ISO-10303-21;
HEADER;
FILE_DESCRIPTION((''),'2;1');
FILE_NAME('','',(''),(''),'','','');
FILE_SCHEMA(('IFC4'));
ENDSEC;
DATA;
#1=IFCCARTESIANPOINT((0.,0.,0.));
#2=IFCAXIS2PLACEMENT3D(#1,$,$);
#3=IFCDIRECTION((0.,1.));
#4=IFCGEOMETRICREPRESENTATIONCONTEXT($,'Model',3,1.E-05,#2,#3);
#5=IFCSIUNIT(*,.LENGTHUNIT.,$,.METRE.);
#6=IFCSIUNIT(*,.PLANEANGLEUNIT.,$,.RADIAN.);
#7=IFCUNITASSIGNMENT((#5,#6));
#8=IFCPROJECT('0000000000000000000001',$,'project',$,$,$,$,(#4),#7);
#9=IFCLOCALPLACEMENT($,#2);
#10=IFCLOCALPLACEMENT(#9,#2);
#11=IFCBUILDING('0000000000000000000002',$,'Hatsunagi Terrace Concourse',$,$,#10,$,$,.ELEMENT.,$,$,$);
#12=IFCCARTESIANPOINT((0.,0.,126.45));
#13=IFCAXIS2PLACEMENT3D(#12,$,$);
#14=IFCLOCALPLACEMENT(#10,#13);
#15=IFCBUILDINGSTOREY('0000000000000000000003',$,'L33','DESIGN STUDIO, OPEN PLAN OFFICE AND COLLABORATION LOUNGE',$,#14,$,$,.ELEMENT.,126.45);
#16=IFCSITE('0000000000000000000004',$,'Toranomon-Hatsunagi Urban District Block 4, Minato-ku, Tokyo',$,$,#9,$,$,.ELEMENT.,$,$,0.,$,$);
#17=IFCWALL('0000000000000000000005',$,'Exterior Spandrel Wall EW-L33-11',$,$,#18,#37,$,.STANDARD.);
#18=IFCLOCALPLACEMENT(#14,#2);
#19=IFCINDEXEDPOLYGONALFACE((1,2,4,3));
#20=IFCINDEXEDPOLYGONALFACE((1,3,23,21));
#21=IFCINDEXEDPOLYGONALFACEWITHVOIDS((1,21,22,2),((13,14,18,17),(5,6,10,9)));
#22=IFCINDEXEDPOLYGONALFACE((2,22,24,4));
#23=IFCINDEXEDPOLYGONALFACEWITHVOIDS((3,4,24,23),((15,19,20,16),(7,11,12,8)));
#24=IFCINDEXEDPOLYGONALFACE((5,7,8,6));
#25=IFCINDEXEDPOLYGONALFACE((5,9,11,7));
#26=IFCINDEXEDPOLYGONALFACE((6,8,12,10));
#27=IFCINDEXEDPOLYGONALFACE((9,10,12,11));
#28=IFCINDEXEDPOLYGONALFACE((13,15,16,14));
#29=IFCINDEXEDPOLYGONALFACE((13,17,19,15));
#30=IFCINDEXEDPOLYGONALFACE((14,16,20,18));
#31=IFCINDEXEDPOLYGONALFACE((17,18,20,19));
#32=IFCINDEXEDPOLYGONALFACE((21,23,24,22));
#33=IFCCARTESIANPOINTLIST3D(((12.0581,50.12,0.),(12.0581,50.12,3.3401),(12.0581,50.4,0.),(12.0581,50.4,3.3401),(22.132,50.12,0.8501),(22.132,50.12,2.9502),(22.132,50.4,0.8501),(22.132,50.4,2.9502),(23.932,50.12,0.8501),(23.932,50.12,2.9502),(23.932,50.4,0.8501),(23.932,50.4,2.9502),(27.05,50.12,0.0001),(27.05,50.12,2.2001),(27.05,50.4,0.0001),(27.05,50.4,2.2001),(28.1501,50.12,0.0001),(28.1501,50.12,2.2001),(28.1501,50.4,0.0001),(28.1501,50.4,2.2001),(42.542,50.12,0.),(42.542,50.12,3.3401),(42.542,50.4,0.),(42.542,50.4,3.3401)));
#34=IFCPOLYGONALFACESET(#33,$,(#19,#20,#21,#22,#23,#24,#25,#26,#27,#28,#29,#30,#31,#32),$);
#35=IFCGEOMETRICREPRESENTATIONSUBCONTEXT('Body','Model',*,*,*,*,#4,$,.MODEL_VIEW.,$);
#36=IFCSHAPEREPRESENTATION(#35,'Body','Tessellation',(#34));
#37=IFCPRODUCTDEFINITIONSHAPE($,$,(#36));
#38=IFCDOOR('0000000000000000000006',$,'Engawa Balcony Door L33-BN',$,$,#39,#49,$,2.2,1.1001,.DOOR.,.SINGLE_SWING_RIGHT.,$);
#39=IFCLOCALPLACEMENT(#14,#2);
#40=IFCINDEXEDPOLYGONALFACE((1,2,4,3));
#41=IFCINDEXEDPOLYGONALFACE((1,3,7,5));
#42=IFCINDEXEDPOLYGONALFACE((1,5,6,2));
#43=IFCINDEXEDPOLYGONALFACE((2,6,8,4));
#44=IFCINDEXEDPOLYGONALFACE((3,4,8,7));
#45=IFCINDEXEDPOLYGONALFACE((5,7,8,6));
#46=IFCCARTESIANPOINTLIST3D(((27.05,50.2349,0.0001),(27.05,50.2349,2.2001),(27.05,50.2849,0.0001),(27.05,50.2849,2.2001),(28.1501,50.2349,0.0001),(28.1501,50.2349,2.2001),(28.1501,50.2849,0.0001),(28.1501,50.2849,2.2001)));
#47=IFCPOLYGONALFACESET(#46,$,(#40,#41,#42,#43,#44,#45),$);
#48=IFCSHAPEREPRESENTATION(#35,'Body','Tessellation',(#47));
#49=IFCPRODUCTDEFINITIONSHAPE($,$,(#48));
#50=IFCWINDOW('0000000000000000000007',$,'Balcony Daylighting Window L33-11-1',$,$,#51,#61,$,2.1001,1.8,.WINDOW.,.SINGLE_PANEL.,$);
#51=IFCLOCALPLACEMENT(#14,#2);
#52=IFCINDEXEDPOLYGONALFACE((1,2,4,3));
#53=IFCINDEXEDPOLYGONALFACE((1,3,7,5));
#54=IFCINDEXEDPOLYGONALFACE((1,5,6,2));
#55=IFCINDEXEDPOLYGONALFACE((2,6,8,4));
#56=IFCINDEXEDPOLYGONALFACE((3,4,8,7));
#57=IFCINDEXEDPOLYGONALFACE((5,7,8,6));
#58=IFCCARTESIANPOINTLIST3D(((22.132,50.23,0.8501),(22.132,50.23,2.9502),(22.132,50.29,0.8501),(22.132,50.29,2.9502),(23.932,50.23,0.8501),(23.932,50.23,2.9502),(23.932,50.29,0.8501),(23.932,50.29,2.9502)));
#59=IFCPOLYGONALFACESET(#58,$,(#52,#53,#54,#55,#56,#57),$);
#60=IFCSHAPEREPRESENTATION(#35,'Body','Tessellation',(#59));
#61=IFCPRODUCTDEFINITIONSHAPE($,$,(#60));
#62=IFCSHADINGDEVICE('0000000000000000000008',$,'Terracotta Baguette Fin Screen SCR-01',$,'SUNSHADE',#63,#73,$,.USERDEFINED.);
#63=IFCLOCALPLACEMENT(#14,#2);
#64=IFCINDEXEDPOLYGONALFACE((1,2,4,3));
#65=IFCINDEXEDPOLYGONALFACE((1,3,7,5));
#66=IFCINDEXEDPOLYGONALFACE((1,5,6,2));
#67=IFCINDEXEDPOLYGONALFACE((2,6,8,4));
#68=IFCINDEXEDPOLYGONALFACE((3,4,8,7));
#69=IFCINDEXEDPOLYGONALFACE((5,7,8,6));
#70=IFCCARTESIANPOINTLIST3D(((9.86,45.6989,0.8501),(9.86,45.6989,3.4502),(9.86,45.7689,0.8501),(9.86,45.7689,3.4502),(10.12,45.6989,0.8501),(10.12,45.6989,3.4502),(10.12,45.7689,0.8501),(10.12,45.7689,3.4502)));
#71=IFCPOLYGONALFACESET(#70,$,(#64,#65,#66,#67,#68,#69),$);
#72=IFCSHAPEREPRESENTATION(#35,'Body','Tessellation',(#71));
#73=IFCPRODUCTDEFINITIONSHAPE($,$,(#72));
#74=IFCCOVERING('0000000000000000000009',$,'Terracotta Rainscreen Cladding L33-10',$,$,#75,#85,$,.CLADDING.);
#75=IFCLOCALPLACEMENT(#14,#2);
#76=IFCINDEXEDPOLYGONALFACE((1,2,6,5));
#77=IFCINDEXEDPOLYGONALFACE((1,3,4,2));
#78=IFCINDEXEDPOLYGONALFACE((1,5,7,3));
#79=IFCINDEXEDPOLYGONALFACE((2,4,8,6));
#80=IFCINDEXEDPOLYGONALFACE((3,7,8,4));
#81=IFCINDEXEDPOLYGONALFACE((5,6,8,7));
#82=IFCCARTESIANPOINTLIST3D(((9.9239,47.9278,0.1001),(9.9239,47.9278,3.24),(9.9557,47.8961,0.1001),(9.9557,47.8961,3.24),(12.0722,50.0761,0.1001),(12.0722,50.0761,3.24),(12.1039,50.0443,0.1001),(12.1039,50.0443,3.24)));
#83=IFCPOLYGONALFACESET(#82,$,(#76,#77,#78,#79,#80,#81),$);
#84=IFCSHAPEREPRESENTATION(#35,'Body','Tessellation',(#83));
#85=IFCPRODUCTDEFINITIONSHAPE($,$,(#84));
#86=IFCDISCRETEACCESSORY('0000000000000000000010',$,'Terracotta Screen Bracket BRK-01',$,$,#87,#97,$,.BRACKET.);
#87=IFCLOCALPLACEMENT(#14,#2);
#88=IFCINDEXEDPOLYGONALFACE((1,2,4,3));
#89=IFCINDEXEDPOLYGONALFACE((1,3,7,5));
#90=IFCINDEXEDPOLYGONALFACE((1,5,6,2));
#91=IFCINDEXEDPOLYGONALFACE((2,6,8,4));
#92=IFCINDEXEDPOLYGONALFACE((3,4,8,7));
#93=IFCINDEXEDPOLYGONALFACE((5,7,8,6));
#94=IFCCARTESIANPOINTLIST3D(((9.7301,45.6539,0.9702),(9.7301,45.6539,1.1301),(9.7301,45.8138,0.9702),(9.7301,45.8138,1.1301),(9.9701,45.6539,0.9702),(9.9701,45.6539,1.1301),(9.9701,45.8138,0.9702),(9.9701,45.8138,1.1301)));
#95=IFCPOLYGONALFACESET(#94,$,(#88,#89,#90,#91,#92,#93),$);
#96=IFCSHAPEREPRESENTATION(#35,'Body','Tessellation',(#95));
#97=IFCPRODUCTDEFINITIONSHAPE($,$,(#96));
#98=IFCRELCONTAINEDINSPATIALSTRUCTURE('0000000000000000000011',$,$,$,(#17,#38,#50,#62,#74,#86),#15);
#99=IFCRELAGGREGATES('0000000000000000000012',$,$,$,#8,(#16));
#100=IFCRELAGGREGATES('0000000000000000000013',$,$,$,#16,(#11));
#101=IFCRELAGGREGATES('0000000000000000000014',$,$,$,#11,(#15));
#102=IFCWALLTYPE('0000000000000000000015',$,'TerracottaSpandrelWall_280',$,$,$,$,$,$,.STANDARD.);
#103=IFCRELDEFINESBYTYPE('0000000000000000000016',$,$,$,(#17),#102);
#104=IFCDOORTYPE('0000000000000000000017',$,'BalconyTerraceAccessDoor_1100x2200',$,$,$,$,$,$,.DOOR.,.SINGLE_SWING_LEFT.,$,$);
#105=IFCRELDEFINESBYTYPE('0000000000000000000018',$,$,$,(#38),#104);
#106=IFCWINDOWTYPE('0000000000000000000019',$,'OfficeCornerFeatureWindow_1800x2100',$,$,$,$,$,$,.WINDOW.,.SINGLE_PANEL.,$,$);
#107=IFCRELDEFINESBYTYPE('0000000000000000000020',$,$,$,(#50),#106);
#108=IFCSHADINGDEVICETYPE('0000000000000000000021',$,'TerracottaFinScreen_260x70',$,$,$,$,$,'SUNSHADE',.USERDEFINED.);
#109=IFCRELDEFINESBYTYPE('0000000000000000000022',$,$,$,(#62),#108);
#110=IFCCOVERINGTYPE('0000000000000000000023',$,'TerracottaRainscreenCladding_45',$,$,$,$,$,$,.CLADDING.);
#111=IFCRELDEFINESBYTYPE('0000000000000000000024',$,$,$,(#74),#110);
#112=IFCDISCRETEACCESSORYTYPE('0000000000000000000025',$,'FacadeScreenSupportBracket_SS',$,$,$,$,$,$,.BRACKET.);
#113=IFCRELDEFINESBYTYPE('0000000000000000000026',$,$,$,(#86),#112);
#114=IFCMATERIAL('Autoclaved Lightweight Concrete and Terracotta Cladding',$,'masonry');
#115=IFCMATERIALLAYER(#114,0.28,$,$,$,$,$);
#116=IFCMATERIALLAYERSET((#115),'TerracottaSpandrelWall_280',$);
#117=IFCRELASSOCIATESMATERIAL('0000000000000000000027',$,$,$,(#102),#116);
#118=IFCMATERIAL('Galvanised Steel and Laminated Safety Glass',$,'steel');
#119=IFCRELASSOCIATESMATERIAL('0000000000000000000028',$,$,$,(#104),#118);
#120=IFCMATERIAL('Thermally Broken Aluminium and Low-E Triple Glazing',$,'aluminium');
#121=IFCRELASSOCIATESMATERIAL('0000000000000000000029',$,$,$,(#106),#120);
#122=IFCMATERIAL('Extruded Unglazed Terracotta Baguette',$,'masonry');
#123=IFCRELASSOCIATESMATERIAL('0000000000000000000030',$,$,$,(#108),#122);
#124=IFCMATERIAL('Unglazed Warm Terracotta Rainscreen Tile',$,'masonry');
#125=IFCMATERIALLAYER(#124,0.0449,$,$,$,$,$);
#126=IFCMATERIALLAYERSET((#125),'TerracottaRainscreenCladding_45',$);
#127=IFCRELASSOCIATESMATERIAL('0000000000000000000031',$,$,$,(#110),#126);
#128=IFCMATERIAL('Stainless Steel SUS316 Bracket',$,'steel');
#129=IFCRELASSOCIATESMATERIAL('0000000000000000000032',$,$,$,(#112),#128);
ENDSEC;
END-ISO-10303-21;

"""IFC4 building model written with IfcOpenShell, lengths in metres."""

from ifc_helpers import new_model, si_unit, direction, frame, frame_2d, origin, origin_2d, place, context, subcontext, project, spatial, rectangle, extrude, material, layer, layer_set, type_object, element, fill, save


model = new_model("IFC4")

# Units and contexts
model_context = context("Model", 3, precision=1e-05, world=origin(), true_north=direction((0.0, 1.0)))
body_context = subcontext(model_context, "Body", "Model", "MODEL_VIEW")
ifc_project = project(units=[si_unit("LENGTHUNIT", "METRE"), si_unit("PLANEANGLEUNIT", "RADIAN")], contexts=[model_context])

# Site, building, storey
site_placement = place(None, origin())
site = spatial("IfcSite", under=ifc_project, at=site_placement, Name="Toranomon-Hatsunagi Urban District Block 4, Minato-ku, Tokyo", CompositionType="ELEMENT", RefElevation=0.0)
building_placement = place(site_placement, origin())
building = spatial("IfcBuilding", under=site, at=building_placement, Name="Hatsunagi Terrace Concourse", CompositionType="ELEMENT")
storey_placement = place(building_placement, frame((0.0, 0.0, 126.45)))
storey = spatial("IfcBuildingStorey", under=building, at=storey_placement, Name="L33", Description="DESIGN STUDIO, OPEN PLAN OFFICE AND COLLABORATION LOUNGE", CompositionType="ELEMENT", Elevation=126.45)

# Shared definitions
ifc_material_1 = material(Name="Autoclaved Lightweight Concrete and Terracotta Cladding", Category="masonry")
ifc_layer_1 = layer(ifc_material_1, 0.28)
ifc_layer_set_1 = layer_set([ifc_layer_1], Name="TerracottaSpandrelWall_280")
wall_type = type_object("IfcWallType", Name="TerracottaSpandrelWall_280", PredefinedType="STANDARD", material=ifc_layer_set_1)

# Wall, openings, door, window
wall_1_placement = place(storey_placement, frame((12.0581, 50.26, 0.0), z_axis=(0.0, 0.0, 1.0), x_axis=(1.0, 0.0, 0.0)))
wall_1 = element("IfcWall", 1, at=wall_1_placement, inside=storey, type_object=wall_type, Name="Exterior Spandrel Wall EW-L33-11", PredefinedType="STANDARD", context=body_context, shape_type="SweptSolid", body=[
    extrude(rectangle(XDim=30.4839, YDim=0.28, at=frame_2d((15.2419, 0.0))), origin(), (0.0, 0.0, 1.0), 3.3401),
])
opening_1_placement = place(wall_1_placement, frame((14.9919, 0.0, 0.0)))
opening_1 = element("IfcOpeningElement", 2, at=opening_1_placement, cuts=wall_1, PredefinedType="OPENING", context=body_context, shape_type="SweptSolid", body=[
    extrude(rectangle(XDim=1.1001, YDim=2.2, at=frame_2d((0.55, 1.1001))), frame((0.0, 0.1499, 0.0), z_axis=(0.0, -1.0, 0.0), x_axis=(1.0, 0.0, 0.0)), (0.0, 0.0, 1.0), 0.3),
])
opening_2_placement = place(wall_1_placement, frame((10.074, 0.0, 0.8501)))
opening_2 = element("IfcOpeningElement", 3, at=opening_2_placement, cuts=wall_1, PredefinedType="OPENING", context=body_context, shape_type="SweptSolid", body=[
    extrude(rectangle(XDim=1.8, YDim=2.1001, at=frame_2d((0.8999, 1.05))), frame((0.0, 0.1499, 0.0), z_axis=(0.0, -1.0, 0.0), x_axis=(1.0, 0.0, 0.0)), (0.0, 0.0, 1.0), 0.3),
])
ifc_material_2 = material(Name="Galvanised Steel and Laminated Safety Glass", Category="steel")
door_type = type_object("IfcDoorType", Name="BalconyTerraceAccessDoor_1100x2200", OperationType="SINGLE_SWING_LEFT", PredefinedType="DOOR", material=ifc_material_2)
door_placement = place(opening_1_placement, origin())
door = element("IfcDoor", 4, at=door_placement, inside=storey, type_object=door_type, Name="Engawa Balcony Door L33-BN", OperationType="SINGLE_SWING_RIGHT", OverallHeight=2.2, OverallWidth=1.1001, PredefinedType="DOOR", context=body_context, shape_type="SweptSolid", body=[
    extrude(rectangle(XDim=1.1001, YDim=2.2, at=frame_2d((0.55, 1.1001))), frame((0.0, 0.0249, 0.0), z_axis=(0.0, -1.0, 0.0), x_axis=(1.0, 0.0, 0.0)), (0.0, 0.0, 1.0), 0.05),
])
fill(opening_1, door)
ifc_material_3 = material(Name="Thermally Broken Aluminium and Low-E Triple Glazing", Category="aluminium")
window_type = type_object("IfcWindowType", Name="OfficeCornerFeatureWindow_1800x2100", PartitioningType="SINGLE_PANEL", PredefinedType="WINDOW", material=ifc_material_3)
window_placement = place(opening_2_placement, origin())
window = element("IfcWindow", 5, at=window_placement, inside=storey, type_object=window_type, Name="Balcony Daylighting Window L33-11-1", OverallHeight=2.1001, OverallWidth=1.8, PartitioningType="SINGLE_PANEL", PredefinedType="WINDOW", context=body_context, shape_type="SweptSolid", body=[
    extrude(rectangle(XDim=1.8, YDim=2.1001, at=frame_2d((0.8999, 1.05))), frame((0.0, 0.03, 0.0), z_axis=(0.0, -1.0, 0.0), x_axis=(1.0, 0.0, 0.0)), (0.0, 0.0, 1.0), 0.0601),
])
fill(opening_2, window)

# Shading device
ifc_material_4 = material(Name="Extruded Unglazed Terracotta Baguette", Category="masonry")
shading_device_type = type_object("IfcShadingDeviceType", Name="TerracottaFinScreen_260x70", ElementType="SUNSHADE", PredefinedType="USERDEFINED", material=ifc_material_4)
shading_device_placement = place(storey_placement, frame((9.99, 45.7339, 0.8501), z_axis=(0.0, 0.0, 1.0), x_axis=(0.0, 1.0, 0.0)))
element("IfcShadingDevice", 6, at=shading_device_placement, inside=storey, type_object=shading_device_type, Name="Terracotta Baguette Fin Screen SCR-01", ObjectType="SUNSHADE", PredefinedType="USERDEFINED", context=body_context, shape_type="SweptSolid", body=[
    extrude(rectangle(XDim=0.0701, YDim=0.26, at=origin_2d()), origin(), (0.0, 0.0, 1.0), 2.6001),
])

# Covering
ifc_material_5 = material(Name="Unglazed Warm Terracotta Rainscreen Tile", Category="masonry")
ifc_layer_2 = layer(ifc_material_5, 0.0449)
ifc_layer_set_2 = layer_set([ifc_layer_2], Name="TerracottaRainscreenCladding_45")
covering_type = type_object("IfcCoveringType", Name="TerracottaRainscreenCladding_45", PredefinedType="CLADDING", material=ifc_layer_set_2)
covering_placement = place(storey_placement, frame((11.0139, 48.9861, 0.1001), z_axis=(0.0, 0.0, 1.0), x_axis=(0.707107, 0.707107, 0.0)))
element("IfcCovering", 7, at=covering_placement, inside=storey, type_object=covering_type, Name="Terracotta Rainscreen Cladding L33-10", PredefinedType="CLADDING", context=body_context, shape_type="SweptSolid", body=[
    extrude(rectangle(XDim=3.0381, YDim=0.0449, at=origin_2d()), origin(), (0.0, 0.0, 1.0), 3.1399),
])

# Discrete accessory
ifc_material_6 = material(Name="Stainless Steel SUS316 Bracket", Category="steel")
discrete_accessory_type = type_object("IfcDiscreteAccessoryType", Name="FacadeScreenSupportBracket_SS", PredefinedType="BRACKET", material=ifc_material_6)
discrete_accessory_placement = place(storey_placement, frame((9.8501, 45.7339, 0.9702), z_axis=(0.0, 0.0, 1.0), x_axis=(0.0, 1.0, 0.0)))
element("IfcDiscreteAccessory", 8, at=discrete_accessory_placement, inside=storey, type_object=discrete_accessory_type, Name="Terracotta Screen Bracket BRK-01", PredefinedType="BRACKET", context=body_context, shape_type="SweptSolid", body=[
    extrude(rectangle(XDim=0.1599, YDim=0.24, at=origin_2d()), origin(), (0.0, 0.0, 1.0), 0.1599),
])

save(model, "model.ifc")
